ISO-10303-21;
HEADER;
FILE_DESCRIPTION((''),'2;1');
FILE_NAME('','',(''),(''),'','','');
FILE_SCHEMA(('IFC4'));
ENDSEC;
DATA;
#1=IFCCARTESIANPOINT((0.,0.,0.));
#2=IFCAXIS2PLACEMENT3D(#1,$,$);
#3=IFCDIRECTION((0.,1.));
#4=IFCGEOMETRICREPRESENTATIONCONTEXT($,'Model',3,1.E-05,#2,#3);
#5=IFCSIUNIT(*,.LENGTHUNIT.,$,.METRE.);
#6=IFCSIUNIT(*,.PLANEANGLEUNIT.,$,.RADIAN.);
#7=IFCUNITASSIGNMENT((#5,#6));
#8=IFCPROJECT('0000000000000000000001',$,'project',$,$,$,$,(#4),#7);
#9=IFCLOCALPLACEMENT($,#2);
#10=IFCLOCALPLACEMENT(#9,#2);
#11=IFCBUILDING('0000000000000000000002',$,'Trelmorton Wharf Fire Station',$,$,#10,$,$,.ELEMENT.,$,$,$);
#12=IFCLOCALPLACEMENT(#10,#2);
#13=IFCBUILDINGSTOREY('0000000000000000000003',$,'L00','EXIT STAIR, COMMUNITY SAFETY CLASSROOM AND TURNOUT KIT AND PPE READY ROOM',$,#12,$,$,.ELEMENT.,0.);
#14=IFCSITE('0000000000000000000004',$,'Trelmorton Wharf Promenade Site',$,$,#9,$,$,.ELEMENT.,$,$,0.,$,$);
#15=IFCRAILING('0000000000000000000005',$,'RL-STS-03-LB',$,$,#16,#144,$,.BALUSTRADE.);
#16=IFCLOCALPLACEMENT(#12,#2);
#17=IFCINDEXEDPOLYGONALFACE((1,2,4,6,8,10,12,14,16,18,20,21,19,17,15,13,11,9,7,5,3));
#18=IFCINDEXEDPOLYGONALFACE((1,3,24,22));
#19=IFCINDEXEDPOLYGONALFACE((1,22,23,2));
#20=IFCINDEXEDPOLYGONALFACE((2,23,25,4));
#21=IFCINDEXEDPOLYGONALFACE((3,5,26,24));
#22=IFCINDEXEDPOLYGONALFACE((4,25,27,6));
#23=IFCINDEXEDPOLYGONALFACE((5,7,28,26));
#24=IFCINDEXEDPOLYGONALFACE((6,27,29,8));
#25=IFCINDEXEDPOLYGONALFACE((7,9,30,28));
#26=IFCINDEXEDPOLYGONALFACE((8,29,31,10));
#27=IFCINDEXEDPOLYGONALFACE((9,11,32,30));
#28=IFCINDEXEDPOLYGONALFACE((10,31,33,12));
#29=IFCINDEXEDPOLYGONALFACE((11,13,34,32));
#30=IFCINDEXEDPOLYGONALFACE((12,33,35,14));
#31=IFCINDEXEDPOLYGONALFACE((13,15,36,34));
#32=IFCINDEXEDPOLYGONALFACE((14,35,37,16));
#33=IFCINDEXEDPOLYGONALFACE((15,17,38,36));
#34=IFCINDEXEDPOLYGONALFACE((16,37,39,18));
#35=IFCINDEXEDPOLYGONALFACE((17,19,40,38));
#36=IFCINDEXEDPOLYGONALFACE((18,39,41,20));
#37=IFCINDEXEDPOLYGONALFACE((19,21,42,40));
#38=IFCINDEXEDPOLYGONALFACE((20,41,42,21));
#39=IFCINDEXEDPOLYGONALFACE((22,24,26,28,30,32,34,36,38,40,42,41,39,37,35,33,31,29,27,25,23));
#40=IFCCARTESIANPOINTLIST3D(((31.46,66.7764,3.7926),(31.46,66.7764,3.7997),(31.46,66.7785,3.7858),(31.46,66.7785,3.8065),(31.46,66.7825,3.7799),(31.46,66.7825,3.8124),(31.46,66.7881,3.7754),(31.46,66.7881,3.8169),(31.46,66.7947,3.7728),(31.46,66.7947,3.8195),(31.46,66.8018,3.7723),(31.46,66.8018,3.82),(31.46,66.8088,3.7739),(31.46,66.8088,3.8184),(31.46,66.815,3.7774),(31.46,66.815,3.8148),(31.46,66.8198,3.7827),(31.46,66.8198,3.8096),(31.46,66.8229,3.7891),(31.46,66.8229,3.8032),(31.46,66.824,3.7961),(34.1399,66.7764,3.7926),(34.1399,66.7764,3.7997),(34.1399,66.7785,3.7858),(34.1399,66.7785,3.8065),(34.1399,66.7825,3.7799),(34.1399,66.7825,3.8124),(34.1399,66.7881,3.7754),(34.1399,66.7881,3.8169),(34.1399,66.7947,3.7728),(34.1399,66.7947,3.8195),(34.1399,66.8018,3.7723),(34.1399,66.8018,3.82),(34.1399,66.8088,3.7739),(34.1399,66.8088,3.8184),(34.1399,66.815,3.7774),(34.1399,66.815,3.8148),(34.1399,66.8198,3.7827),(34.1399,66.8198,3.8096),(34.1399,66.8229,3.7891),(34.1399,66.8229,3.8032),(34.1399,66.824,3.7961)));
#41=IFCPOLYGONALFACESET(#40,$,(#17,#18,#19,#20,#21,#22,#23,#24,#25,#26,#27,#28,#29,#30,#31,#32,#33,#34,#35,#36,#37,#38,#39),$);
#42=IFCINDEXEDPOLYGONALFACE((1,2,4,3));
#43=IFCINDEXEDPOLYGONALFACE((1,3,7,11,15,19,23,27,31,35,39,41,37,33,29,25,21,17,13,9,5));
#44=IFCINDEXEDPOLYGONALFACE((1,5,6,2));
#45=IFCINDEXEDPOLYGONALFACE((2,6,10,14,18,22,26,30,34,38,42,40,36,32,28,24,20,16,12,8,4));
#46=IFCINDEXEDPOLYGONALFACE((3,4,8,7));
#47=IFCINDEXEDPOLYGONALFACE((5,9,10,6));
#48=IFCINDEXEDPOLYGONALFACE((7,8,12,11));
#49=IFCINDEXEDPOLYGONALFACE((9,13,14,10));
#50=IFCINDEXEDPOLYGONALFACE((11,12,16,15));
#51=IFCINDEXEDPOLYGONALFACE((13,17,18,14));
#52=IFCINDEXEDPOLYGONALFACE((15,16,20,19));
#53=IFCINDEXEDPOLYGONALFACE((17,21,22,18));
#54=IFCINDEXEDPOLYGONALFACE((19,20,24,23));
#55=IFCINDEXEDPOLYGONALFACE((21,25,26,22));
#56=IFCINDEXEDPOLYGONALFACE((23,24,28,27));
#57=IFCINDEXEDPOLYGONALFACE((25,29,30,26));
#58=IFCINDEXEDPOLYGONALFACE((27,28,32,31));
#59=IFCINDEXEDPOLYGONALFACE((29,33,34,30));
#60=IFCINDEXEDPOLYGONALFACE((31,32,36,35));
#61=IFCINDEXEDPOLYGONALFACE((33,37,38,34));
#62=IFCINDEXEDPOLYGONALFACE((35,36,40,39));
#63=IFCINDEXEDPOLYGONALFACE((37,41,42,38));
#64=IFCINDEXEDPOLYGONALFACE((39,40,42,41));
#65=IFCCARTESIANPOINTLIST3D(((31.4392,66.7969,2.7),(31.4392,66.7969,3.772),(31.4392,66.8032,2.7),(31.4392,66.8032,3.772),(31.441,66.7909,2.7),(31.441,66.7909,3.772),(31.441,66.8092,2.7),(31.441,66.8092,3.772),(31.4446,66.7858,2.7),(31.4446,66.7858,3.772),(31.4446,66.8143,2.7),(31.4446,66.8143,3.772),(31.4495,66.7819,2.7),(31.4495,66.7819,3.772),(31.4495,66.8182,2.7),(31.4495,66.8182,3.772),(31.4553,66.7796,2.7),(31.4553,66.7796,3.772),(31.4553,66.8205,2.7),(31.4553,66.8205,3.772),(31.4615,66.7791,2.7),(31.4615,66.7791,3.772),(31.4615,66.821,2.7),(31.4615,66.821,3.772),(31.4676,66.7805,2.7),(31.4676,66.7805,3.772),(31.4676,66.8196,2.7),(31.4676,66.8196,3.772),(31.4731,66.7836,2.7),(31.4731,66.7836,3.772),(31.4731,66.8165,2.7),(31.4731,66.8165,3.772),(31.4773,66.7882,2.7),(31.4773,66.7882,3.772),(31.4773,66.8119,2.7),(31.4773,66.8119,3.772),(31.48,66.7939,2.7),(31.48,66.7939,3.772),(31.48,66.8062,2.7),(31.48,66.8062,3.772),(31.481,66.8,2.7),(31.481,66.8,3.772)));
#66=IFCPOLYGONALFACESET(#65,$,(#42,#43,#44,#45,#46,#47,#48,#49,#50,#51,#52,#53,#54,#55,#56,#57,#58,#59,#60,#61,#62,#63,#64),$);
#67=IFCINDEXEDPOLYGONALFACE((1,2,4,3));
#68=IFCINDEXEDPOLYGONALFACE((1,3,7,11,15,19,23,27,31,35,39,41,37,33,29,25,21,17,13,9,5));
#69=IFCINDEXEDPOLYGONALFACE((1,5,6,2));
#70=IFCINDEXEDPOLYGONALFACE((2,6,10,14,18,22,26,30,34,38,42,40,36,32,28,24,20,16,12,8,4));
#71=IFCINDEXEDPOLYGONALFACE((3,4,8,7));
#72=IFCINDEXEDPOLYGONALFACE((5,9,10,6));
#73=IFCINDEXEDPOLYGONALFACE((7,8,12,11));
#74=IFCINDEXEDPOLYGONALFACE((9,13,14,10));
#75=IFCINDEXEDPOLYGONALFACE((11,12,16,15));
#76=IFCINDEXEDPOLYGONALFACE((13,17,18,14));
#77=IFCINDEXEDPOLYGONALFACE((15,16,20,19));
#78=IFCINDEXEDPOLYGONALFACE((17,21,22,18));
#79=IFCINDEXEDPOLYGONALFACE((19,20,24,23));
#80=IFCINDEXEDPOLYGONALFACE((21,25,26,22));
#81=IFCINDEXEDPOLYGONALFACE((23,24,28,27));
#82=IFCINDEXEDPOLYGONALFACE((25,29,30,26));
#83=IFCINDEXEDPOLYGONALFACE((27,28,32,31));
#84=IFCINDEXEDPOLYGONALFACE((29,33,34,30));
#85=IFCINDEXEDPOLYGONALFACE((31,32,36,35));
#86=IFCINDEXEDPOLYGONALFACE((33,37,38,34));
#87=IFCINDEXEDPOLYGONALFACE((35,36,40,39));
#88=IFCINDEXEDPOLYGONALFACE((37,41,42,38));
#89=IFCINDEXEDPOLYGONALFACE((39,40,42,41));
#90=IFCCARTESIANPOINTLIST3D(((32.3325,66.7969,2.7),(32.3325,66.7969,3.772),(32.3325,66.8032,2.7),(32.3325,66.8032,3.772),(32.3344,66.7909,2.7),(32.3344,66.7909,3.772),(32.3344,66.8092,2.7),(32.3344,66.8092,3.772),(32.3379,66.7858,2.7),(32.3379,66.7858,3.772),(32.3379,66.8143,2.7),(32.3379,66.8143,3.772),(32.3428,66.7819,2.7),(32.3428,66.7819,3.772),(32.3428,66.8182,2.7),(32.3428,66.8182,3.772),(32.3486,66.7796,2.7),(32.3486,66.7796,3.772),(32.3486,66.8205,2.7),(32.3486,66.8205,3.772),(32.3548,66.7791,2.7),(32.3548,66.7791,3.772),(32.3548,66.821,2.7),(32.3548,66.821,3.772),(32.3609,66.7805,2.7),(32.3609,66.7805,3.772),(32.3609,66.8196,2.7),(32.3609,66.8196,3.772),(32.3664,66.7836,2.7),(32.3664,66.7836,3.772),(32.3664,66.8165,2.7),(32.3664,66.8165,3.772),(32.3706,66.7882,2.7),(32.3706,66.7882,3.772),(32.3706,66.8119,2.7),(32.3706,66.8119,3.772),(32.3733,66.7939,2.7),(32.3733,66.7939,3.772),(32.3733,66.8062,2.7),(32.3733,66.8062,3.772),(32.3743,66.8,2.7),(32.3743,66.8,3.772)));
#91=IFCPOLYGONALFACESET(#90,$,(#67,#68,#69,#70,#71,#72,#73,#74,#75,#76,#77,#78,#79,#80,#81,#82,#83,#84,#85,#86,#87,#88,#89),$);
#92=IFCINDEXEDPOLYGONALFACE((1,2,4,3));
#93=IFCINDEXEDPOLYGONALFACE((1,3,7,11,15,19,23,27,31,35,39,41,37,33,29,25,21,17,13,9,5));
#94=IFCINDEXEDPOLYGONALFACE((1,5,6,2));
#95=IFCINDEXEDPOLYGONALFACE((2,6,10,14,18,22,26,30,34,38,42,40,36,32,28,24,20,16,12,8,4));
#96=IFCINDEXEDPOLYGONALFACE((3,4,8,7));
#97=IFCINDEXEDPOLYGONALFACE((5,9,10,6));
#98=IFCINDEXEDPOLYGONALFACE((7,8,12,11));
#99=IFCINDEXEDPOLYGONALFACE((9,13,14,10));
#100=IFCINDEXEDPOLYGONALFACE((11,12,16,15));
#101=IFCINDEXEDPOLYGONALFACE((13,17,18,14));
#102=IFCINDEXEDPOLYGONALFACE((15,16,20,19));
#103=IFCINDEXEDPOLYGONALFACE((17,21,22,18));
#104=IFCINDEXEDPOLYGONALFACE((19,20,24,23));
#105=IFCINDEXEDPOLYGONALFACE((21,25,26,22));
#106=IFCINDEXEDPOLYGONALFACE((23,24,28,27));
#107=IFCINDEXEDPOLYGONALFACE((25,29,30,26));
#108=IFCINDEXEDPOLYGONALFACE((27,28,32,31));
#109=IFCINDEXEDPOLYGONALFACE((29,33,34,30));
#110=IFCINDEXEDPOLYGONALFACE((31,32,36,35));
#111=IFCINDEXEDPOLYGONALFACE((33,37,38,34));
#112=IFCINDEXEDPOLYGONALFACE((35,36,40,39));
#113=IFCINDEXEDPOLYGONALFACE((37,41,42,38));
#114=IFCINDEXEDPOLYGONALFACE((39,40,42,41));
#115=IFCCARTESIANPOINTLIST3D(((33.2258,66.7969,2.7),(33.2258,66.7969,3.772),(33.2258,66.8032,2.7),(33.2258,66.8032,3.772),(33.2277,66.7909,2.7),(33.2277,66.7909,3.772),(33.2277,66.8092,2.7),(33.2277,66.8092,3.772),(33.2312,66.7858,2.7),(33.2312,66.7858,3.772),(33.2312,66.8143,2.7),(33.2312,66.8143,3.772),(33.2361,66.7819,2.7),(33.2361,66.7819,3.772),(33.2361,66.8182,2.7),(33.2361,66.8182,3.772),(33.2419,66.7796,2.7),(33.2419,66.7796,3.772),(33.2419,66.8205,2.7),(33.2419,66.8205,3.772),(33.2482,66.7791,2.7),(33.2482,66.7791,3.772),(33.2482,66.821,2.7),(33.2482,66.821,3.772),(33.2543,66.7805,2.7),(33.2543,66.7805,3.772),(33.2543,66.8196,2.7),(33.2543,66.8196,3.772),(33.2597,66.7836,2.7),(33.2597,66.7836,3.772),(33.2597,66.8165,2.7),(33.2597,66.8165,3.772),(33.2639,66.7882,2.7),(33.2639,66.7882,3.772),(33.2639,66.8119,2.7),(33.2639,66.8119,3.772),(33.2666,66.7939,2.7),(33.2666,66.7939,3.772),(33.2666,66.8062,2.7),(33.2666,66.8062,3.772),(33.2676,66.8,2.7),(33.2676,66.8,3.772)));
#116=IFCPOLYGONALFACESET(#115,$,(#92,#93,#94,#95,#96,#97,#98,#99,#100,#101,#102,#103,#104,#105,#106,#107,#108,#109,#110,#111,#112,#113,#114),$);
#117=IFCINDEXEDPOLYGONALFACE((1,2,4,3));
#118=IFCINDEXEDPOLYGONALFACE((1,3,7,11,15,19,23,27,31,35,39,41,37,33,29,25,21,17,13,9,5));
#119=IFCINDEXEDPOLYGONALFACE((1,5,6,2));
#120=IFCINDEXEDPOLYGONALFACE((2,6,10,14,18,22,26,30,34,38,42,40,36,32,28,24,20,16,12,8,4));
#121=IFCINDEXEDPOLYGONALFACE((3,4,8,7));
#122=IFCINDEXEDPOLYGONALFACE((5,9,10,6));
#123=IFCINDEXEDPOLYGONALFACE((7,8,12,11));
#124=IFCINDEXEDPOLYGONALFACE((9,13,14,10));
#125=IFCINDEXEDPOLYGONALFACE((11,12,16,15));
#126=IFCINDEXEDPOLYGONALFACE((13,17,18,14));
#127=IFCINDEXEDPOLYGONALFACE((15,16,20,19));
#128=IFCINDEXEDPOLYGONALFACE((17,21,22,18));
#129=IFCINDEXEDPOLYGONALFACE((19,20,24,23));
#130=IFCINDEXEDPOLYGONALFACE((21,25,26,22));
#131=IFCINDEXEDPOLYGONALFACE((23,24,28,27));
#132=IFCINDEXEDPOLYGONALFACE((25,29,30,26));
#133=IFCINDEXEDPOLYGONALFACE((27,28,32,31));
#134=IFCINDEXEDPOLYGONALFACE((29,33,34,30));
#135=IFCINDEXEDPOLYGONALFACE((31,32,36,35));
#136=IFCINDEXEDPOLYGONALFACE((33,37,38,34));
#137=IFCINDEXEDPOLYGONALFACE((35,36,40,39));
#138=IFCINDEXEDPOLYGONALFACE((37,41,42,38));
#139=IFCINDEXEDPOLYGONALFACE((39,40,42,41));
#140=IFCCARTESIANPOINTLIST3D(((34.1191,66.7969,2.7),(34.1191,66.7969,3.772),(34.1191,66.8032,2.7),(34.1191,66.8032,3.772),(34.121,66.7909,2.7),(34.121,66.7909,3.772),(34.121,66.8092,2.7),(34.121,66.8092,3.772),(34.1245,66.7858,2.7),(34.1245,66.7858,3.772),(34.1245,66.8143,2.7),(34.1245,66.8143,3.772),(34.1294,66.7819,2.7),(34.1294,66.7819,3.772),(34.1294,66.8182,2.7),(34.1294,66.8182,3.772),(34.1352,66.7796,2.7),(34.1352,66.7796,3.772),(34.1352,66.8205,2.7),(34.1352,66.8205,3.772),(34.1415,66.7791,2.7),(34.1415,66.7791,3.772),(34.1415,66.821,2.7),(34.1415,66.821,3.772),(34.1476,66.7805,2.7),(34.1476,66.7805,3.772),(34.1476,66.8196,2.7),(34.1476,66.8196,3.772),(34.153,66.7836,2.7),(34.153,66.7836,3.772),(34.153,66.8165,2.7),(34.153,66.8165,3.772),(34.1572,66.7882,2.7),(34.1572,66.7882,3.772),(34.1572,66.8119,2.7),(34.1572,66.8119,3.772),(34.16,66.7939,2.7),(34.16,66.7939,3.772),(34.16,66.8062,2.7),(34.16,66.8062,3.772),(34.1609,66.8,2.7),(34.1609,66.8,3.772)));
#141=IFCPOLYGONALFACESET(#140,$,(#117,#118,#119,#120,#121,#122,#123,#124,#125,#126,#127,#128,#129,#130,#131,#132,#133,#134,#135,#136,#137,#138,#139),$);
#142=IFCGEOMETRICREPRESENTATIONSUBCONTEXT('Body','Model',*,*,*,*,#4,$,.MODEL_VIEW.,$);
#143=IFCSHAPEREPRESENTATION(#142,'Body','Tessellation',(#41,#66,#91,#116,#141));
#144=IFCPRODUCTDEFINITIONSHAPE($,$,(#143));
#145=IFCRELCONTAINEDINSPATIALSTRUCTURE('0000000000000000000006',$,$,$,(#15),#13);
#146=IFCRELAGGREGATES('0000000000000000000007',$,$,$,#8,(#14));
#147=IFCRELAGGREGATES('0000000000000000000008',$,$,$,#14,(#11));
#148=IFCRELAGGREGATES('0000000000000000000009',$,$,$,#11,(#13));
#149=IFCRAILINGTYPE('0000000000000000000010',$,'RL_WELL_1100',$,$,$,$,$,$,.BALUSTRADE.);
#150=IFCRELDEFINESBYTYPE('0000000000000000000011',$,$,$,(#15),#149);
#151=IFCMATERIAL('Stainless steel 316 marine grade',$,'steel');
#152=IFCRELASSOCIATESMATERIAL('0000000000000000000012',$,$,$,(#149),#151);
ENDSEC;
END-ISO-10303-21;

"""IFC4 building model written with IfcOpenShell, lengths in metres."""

from ifc_helpers import new_model, si_unit, direction, frame, origin, origin_2d, place, context, subcontext, project, spatial, circle, extrude, material, type_object, element, save


model = new_model("IFC4")

# Units and contexts
model_context = context("Model", 3, precision=1e-05, world=origin(), true_north=direction((0.0, 1.0)))
body_context = subcontext(model_context, "Body", "Model", "MODEL_VIEW")
ifc_project = project(units=[si_unit("LENGTHUNIT", "METRE"), si_unit("PLANEANGLEUNIT", "RADIAN")], contexts=[model_context])

# Site, building, storey
site_placement = place(None, origin())
site = spatial("IfcSite", under=ifc_project, at=site_placement, Name="Trelmorton Wharf Promenade Site", CompositionType="ELEMENT", RefElevation=0.0)
building_placement = place(site_placement, origin())
building = spatial("IfcBuilding", under=site, at=building_placement, Name="Trelmorton Wharf Fire Station", CompositionType="ELEMENT")
storey_placement = place(building_placement, origin())
storey = spatial("IfcBuildingStorey", under=building, at=storey_placement, Name="L00", Description="EXIT STAIR, COMMUNITY SAFETY CLASSROOM AND TURNOUT KIT AND PPE READY ROOM", CompositionType="ELEMENT", Elevation=0.0)

# Railing
ifc_material_1 = material(Name="Stainless steel 316 marine grade", Category="steel")
railing_type = type_object("IfcRailingType", Name="RL_WELL_1100", PredefinedType="BALUSTRADE", material=ifc_material_1)
railing_1_placement = place(storey_placement, frame((31.46, 66.8, 2.7)))
element("IfcRailing", 1, at=railing_1_placement, inside=storey, type_object=railing_type, Name="RL-STS-03-LB", PredefinedType="BALUSTRADE", context=body_context, shape_type="SweptSolid", body=[
    extrude(circle(Radius=0.0239, at=origin_2d()), frame((0.0, 0.0, 1.0962), z_axis=(1.0, 0.0, 0.0), x_axis=(0.0, 1.0, 0.0)), (0.0, 0.0, 1.0), 2.6799),
    extrude(circle(Radius=0.021, at=origin_2d()), origin(), (0.0, 0.0, 1.0), 1.072),
    extrude(circle(Radius=0.021, at=origin_2d()), frame((0.8933, 0.0, 0.0)), (0.0, 0.0, 1.0), 1.072),
    extrude(circle(Radius=0.021, at=origin_2d()), frame((1.7866, 0.0, 0.0)), (0.0, 0.0, 1.0), 1.072),
    extrude(circle(Radius=0.021, at=origin_2d()), frame((2.6799, 0.0, 0.0)), (0.0, 0.0, 1.0), 1.072),
])

save(model, "model.ifc")
